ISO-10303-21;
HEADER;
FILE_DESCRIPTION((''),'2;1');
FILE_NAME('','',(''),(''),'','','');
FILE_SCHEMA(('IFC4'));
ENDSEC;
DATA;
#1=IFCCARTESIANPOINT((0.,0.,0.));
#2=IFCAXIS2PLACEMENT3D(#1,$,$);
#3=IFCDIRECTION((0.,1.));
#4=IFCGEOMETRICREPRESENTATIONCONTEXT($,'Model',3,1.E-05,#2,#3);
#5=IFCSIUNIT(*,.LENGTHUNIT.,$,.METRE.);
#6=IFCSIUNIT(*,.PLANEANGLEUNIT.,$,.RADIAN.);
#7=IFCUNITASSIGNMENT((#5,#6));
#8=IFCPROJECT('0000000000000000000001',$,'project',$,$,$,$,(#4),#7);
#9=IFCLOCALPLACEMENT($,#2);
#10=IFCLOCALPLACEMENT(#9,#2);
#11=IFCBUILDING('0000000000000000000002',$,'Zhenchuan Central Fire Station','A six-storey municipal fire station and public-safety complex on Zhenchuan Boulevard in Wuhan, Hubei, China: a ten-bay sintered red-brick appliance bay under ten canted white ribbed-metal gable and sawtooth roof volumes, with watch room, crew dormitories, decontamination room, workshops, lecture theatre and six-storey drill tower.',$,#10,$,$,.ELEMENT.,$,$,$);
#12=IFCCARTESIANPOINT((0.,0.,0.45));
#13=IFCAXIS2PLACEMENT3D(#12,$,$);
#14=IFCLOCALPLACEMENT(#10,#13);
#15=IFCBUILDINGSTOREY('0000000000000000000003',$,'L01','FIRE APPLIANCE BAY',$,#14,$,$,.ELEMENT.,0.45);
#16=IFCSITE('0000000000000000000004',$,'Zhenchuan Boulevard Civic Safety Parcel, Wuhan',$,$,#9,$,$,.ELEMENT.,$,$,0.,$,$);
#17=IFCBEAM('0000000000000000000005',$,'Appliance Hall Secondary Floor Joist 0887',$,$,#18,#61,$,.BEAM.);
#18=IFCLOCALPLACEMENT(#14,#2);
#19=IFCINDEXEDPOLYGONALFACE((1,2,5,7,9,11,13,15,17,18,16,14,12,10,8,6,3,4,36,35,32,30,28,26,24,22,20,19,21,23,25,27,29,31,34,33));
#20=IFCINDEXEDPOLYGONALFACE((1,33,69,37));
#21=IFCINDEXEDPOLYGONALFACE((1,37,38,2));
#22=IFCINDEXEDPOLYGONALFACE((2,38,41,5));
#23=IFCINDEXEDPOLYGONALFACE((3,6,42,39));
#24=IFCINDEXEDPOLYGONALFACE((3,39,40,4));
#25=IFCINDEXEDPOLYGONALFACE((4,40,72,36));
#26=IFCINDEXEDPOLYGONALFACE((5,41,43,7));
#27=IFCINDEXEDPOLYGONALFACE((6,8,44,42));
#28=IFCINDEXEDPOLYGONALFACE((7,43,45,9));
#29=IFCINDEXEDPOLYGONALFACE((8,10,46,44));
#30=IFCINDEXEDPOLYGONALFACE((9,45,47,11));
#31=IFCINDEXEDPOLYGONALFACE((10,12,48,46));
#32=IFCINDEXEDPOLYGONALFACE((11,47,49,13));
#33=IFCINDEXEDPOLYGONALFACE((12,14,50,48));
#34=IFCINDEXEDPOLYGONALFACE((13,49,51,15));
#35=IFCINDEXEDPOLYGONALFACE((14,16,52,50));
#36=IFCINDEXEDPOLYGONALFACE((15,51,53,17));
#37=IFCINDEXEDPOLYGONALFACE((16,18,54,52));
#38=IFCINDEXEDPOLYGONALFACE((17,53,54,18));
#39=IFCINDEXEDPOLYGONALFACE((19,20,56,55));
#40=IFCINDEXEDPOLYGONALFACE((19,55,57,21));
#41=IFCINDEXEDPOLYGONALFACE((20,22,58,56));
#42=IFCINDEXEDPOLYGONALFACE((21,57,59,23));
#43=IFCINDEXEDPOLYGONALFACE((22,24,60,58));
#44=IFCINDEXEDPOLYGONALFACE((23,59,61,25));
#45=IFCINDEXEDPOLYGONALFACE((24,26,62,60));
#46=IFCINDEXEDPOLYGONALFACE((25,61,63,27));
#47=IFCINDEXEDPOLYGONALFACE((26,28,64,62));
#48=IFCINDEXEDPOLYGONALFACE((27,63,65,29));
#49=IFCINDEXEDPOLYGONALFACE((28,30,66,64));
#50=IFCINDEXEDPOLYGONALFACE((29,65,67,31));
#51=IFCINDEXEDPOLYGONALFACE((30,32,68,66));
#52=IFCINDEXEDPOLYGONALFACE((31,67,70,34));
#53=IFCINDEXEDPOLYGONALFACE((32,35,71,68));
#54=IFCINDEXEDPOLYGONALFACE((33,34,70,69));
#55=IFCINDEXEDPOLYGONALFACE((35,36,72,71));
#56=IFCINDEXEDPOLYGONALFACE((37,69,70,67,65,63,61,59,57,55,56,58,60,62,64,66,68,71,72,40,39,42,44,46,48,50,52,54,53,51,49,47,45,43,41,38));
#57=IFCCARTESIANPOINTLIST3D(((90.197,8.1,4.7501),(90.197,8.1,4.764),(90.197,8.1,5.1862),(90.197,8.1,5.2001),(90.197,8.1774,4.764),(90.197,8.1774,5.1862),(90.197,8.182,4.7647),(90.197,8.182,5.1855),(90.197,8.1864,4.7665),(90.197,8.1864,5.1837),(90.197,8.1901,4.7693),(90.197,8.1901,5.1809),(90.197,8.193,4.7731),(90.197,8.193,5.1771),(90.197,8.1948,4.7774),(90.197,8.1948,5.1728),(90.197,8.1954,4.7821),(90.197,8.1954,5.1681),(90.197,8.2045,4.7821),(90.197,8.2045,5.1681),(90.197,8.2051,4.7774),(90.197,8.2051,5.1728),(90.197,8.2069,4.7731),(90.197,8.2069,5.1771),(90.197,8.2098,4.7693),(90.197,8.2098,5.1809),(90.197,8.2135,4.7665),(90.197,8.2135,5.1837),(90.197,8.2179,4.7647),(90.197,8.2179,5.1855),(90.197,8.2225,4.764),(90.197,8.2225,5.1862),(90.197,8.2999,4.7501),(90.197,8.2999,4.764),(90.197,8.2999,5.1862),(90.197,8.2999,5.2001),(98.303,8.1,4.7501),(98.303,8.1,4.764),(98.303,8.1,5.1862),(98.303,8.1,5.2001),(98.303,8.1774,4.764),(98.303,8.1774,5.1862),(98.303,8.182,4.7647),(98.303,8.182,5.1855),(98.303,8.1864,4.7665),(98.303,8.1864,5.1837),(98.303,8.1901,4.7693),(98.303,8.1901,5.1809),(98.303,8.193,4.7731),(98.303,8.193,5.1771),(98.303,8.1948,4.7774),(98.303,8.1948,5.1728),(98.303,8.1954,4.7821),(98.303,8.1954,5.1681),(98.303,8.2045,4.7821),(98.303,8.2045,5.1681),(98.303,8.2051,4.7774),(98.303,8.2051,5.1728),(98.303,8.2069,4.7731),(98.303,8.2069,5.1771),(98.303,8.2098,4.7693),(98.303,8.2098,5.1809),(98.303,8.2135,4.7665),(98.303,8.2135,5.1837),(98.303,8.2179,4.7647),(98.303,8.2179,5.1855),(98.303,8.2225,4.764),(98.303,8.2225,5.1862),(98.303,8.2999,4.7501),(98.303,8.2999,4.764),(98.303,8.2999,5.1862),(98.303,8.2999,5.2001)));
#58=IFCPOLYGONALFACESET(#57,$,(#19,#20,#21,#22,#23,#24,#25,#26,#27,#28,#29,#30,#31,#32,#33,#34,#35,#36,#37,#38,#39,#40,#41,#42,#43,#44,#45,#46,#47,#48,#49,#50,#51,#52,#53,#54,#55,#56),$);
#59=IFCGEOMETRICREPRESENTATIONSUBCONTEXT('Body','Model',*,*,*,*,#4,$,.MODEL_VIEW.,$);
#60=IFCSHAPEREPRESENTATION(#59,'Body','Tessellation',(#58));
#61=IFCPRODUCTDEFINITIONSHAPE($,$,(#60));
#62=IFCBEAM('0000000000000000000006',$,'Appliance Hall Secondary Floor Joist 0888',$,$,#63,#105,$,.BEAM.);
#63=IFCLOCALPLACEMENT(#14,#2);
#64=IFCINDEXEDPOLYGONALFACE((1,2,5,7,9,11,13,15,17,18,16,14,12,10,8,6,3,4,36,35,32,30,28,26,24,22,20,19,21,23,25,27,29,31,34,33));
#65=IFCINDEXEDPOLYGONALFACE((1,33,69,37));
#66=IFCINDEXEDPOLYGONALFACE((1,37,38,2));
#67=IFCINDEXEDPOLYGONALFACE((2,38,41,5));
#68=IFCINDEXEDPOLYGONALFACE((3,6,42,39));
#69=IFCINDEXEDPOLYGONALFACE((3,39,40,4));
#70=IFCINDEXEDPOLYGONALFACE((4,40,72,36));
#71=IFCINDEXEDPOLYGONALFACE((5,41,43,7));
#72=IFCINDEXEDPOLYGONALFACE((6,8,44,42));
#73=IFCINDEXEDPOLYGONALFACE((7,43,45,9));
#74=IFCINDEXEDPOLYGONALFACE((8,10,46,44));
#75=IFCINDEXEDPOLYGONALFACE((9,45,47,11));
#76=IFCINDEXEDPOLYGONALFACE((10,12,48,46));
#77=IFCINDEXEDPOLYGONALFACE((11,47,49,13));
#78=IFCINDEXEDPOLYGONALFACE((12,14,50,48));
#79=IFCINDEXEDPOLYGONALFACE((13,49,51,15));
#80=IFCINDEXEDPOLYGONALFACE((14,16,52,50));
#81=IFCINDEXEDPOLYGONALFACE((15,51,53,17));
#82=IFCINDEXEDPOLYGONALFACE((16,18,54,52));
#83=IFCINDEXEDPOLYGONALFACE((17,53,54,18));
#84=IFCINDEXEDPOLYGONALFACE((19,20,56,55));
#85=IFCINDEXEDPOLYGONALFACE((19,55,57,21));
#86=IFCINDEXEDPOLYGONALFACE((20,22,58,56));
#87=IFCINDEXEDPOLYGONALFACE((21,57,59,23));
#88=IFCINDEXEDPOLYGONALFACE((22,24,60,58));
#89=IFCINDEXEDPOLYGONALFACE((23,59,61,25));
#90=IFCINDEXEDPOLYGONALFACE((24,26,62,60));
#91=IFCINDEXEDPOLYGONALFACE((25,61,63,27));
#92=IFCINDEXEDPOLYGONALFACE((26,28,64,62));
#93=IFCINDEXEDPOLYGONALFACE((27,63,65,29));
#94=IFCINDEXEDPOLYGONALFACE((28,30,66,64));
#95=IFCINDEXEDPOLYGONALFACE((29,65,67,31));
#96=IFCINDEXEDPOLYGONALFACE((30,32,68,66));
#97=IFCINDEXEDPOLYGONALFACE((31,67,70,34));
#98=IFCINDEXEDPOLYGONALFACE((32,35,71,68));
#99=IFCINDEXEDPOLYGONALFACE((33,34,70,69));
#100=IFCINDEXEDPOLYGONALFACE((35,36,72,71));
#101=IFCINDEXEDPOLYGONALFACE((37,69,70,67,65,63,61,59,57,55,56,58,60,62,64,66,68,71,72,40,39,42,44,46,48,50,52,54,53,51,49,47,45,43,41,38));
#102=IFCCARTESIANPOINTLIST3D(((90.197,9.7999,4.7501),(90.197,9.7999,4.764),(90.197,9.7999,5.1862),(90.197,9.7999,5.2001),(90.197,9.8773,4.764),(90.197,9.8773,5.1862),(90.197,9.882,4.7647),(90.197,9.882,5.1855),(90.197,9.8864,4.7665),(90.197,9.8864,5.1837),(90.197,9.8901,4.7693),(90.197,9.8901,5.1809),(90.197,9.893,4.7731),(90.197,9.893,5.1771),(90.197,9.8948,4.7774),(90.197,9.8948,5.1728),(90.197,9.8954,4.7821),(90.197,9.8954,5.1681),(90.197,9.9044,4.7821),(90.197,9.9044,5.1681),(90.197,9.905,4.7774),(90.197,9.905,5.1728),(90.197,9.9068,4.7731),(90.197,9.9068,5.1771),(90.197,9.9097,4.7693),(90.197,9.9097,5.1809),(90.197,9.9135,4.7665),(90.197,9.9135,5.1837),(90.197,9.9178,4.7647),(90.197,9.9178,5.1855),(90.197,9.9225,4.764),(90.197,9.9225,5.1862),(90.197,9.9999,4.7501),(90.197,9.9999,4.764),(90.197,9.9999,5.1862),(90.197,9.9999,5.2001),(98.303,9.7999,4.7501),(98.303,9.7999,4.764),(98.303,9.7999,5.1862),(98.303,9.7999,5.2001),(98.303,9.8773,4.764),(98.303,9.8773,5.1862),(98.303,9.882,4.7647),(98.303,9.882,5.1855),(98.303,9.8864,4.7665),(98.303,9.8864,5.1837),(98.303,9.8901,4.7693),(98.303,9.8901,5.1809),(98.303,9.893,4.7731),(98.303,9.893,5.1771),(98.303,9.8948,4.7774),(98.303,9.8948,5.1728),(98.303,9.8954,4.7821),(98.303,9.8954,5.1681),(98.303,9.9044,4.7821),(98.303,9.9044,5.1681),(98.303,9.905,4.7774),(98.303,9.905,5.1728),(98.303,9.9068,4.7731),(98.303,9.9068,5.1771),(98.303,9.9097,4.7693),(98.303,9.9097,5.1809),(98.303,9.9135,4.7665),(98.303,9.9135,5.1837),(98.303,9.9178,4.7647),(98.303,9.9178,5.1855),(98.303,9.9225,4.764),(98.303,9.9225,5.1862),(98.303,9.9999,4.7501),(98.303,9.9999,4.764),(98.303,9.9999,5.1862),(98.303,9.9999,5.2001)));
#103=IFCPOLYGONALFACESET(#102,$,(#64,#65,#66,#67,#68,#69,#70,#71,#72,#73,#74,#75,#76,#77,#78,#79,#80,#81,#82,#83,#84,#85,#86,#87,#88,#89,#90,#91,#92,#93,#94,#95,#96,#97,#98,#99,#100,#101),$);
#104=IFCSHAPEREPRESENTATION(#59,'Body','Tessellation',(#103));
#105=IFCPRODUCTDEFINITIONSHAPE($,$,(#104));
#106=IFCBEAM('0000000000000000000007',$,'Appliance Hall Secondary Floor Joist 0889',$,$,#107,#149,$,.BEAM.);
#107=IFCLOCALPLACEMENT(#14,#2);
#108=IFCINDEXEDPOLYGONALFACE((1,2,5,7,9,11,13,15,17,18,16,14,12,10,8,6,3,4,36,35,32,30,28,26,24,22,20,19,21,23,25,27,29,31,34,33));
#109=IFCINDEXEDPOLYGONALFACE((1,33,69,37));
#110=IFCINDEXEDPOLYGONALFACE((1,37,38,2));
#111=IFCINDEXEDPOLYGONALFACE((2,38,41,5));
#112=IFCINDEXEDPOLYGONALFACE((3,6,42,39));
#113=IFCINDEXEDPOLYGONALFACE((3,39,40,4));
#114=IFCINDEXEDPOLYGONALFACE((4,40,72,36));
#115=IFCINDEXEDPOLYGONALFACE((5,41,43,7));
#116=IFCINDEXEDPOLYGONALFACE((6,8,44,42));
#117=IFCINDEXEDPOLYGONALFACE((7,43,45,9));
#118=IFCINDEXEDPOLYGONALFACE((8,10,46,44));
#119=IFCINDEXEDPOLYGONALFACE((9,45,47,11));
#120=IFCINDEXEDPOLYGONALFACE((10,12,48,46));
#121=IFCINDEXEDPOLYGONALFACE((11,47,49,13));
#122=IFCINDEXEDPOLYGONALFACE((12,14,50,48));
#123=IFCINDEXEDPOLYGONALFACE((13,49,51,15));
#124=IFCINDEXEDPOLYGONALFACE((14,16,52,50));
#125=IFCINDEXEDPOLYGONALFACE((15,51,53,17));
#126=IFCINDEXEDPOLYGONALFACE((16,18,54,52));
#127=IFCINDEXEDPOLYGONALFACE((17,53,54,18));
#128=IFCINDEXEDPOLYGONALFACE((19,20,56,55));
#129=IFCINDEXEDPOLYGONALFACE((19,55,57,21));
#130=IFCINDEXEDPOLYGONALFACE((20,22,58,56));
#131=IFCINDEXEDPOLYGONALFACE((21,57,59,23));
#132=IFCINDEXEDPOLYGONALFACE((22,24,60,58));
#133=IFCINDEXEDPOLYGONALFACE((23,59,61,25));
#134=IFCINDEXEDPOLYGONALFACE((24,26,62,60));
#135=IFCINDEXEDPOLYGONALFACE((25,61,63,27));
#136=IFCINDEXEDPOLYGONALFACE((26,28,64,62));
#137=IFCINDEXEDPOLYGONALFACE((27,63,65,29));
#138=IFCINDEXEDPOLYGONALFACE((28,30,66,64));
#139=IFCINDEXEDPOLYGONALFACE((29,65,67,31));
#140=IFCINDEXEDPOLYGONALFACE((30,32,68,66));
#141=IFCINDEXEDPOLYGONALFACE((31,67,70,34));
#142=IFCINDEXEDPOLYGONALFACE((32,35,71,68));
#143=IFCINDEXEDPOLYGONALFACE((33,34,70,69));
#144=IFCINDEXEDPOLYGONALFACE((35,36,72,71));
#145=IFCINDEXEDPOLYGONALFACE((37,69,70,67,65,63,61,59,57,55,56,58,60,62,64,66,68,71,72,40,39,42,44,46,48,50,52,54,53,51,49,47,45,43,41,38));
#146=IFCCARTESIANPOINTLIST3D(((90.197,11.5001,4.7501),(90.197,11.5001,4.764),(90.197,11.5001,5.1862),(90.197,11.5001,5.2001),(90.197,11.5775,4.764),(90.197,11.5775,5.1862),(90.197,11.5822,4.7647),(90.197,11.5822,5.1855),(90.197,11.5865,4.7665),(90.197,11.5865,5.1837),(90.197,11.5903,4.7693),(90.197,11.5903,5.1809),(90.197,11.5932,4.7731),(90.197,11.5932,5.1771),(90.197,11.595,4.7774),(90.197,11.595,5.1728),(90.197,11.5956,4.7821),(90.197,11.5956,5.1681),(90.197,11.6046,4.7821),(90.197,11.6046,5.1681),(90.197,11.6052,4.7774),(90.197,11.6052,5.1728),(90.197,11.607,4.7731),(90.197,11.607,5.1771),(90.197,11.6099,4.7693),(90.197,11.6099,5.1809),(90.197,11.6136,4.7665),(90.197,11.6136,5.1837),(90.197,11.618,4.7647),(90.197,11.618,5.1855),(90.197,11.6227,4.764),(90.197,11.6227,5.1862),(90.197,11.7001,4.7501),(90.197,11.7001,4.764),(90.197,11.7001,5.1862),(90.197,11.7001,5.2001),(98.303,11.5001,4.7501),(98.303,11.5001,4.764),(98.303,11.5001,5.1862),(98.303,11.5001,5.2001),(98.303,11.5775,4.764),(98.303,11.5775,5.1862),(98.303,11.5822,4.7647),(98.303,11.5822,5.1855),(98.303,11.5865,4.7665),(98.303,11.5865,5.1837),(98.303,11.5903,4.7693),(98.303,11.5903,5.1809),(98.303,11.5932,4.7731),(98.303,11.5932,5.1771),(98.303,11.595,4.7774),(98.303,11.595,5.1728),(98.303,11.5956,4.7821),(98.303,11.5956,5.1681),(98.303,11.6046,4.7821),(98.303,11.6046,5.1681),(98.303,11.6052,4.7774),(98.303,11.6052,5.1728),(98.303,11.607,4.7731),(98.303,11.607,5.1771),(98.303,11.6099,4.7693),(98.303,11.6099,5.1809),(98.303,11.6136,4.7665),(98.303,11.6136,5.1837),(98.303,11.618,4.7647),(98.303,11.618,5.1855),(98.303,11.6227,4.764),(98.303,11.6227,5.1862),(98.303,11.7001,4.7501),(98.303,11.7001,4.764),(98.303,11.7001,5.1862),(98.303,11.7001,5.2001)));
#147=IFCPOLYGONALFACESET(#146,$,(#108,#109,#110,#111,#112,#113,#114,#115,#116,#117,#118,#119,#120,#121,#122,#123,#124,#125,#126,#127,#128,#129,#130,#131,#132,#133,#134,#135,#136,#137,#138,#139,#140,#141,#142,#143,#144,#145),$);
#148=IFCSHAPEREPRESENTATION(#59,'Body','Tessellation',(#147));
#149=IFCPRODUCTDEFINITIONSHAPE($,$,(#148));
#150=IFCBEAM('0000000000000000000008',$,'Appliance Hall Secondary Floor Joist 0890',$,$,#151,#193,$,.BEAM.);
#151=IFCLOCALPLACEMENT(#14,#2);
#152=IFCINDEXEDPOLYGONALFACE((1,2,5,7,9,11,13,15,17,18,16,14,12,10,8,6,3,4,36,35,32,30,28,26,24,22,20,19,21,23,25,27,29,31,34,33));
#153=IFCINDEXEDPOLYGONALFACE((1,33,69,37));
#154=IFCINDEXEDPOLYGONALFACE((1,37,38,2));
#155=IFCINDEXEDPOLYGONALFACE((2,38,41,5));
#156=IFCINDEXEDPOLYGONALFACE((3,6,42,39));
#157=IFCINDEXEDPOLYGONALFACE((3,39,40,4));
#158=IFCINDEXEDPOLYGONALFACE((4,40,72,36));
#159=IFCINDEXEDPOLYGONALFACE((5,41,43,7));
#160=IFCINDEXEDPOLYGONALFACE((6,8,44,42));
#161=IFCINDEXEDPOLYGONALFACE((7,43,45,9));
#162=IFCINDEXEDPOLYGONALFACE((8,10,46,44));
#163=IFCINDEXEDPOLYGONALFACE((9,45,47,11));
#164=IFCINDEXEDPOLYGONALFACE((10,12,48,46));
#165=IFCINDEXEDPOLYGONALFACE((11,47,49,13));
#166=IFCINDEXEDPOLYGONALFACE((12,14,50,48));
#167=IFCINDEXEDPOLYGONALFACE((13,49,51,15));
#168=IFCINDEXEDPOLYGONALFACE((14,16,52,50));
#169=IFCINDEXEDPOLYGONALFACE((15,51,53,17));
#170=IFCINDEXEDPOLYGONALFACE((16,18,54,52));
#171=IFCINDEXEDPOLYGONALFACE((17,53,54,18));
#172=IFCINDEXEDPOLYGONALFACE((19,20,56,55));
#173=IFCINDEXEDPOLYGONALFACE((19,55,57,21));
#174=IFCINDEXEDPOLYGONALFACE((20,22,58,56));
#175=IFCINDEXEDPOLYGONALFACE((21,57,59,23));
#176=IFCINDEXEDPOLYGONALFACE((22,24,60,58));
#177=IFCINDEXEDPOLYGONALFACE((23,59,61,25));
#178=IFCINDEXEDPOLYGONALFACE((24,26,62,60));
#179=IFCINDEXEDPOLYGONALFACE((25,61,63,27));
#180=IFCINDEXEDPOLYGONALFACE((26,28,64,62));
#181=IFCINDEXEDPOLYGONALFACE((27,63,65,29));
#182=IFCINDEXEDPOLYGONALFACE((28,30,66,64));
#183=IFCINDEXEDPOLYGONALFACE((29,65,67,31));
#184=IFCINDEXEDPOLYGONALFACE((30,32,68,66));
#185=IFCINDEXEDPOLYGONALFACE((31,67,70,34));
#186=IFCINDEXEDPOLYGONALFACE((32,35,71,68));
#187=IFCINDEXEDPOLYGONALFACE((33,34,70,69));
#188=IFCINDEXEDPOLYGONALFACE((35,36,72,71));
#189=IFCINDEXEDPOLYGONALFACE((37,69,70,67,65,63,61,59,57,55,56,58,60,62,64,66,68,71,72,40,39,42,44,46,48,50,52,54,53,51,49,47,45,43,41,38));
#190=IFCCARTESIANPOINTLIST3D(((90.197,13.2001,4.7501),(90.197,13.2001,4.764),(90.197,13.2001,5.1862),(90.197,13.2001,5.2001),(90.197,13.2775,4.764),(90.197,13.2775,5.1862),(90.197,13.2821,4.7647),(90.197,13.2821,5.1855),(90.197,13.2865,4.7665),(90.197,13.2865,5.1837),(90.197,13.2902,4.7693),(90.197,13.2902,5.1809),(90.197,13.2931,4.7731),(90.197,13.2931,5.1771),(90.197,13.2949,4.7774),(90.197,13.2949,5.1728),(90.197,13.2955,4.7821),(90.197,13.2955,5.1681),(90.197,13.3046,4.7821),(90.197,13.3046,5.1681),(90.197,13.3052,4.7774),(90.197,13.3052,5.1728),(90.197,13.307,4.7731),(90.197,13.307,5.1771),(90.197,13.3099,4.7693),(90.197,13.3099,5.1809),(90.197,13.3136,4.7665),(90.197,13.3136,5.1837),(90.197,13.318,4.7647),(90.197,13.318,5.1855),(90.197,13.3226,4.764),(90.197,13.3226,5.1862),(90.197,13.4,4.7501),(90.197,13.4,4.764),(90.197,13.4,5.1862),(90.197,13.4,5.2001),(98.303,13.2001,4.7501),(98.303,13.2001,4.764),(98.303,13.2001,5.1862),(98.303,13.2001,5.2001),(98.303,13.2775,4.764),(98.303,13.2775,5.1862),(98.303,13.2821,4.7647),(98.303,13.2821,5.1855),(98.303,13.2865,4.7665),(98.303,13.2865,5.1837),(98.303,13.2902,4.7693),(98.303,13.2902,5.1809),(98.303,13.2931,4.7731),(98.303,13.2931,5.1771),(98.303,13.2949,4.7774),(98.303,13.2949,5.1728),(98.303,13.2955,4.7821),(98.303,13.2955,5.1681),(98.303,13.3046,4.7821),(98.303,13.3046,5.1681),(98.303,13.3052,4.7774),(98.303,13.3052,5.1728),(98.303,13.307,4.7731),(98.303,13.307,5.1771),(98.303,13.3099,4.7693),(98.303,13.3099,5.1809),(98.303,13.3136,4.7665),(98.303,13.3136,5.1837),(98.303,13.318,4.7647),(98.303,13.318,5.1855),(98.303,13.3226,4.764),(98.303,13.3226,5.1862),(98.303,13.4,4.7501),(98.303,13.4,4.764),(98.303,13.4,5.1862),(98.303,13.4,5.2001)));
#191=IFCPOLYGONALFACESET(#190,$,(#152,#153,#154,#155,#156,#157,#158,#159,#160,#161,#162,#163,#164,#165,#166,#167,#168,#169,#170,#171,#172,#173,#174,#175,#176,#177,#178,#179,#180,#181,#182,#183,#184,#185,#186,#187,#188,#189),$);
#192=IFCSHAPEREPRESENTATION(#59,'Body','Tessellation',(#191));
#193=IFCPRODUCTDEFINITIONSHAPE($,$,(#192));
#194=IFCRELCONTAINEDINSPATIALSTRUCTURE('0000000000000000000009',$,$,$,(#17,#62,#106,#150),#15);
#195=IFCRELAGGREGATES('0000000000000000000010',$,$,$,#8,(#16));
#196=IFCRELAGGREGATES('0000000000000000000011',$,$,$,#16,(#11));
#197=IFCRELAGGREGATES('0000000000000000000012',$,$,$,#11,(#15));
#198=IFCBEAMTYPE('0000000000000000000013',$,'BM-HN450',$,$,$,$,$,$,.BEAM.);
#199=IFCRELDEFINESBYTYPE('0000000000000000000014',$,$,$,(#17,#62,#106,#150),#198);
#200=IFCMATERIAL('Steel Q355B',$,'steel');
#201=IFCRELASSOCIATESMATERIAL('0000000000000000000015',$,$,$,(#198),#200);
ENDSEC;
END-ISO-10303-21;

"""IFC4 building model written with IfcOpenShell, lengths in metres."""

from ifc_helpers import new_model, si_unit, direction, frame, origin, origin_2d, place, context, subcontext, project, spatial, i_section, extrude, material, material_profile, profile_set, type_object, element, save


model = new_model("IFC4")

# Units and contexts
model_context = context("Model", 3, precision=1e-05, world=origin(), true_north=direction((0.0, 1.0)))
body_context = subcontext(model_context, "Body", "Model", "MODEL_VIEW")
ifc_project = project(units=[si_unit("LENGTHUNIT", "METRE"), si_unit("PLANEANGLEUNIT", "RADIAN")], contexts=[model_context])

# Site, building, storey
site_placement = place(None, origin())
site = spatial("IfcSite", under=ifc_project, at=site_placement, Name="Zhenchuan Boulevard Civic Safety Parcel, Wuhan", CompositionType="ELEMENT", RefElevation=0.0)
building_placement = place(site_placement, origin())
building = spatial("IfcBuilding", under=site, at=building_placement, Name="Zhenchuan Central Fire Station", Description="A six-storey municipal fire station and public-safety complex on Zhenchuan Boulevard in Wuhan, Hubei, China: a ten-bay sintered red-brick appliance bay under ten canted white ribbed-metal gable and sawtooth roof volumes, with watch room, crew dormitories, decontamination room, workshops, lecture theatre and six-storey drill tower.", CompositionType="ELEMENT")
storey_placement = place(building_placement, frame((0.0, 0.0, 0.45)))
storey = spatial("IfcBuildingStorey", under=building, at=storey_placement, Name="L01", Description="FIRE APPLIANCE BAY", CompositionType="ELEMENT", Elevation=0.45)

# Shared definitions
ifc_material_1 = material(Name="Steel Q355B", Category="steel")

# Beams
ifc_material_profile_1 = material_profile(ifc_material_1, i_section(OverallWidth=0.2, OverallDepth=0.45, WebThickness=0.009, FlangeThickness=0.0139, FilletRadius=0.0181, at=origin_2d()), Name="HN 450x200")
ifc_profile_set_1 = profile_set([ifc_material_profile_1], Name="Steel Q355B")
beam_type_1 = type_object("IfcBeamType", Name="BM-HN450", PredefinedType="BEAM", material=ifc_profile_set_1)
for number, where, z_axis, x_axis, name in (
    (1, (90.197, 8.2, 4.9751), (1.0, 0.0, 0.0), (0.0, 1.0, 0.0), "Appliance Hall Secondary Floor Joist 0887"),
    (2, (90.197, 9.8999, 4.9751), (1.0, 0.0, 0.0), (0.0, 1.0, 0.0), "Appliance Hall Secondary Floor Joist 0888"),
    (3, (90.197, 11.6001, 4.9751), (1.0, 0.0, 0.0), (0.0, 1.0, 0.0), "Appliance Hall Secondary Floor Joist 0889"),
    (4, (90.197, 13.3, 4.9751), (1.0, 0.0, 0.0), (0.0, 1.0, 0.0), "Appliance Hall Secondary Floor Joist 0890"),
):
    element("IfcBeam", number, at=place(storey_placement, frame(where, z_axis=z_axis, x_axis=x_axis)), inside=storey, type_object=beam_type_1, Name=name, PredefinedType="BEAM", context=body_context, shape_type="SweptSolid", body=[
        extrude(i_section(OverallWidth=0.2, OverallDepth=0.45, WebThickness=0.009, FlangeThickness=0.0139, FilletRadius=0.0181, at=origin_2d()), origin(), (0.0, 0.0, 1.0), 8.106),
    ])

save(model, "model.ifc")
